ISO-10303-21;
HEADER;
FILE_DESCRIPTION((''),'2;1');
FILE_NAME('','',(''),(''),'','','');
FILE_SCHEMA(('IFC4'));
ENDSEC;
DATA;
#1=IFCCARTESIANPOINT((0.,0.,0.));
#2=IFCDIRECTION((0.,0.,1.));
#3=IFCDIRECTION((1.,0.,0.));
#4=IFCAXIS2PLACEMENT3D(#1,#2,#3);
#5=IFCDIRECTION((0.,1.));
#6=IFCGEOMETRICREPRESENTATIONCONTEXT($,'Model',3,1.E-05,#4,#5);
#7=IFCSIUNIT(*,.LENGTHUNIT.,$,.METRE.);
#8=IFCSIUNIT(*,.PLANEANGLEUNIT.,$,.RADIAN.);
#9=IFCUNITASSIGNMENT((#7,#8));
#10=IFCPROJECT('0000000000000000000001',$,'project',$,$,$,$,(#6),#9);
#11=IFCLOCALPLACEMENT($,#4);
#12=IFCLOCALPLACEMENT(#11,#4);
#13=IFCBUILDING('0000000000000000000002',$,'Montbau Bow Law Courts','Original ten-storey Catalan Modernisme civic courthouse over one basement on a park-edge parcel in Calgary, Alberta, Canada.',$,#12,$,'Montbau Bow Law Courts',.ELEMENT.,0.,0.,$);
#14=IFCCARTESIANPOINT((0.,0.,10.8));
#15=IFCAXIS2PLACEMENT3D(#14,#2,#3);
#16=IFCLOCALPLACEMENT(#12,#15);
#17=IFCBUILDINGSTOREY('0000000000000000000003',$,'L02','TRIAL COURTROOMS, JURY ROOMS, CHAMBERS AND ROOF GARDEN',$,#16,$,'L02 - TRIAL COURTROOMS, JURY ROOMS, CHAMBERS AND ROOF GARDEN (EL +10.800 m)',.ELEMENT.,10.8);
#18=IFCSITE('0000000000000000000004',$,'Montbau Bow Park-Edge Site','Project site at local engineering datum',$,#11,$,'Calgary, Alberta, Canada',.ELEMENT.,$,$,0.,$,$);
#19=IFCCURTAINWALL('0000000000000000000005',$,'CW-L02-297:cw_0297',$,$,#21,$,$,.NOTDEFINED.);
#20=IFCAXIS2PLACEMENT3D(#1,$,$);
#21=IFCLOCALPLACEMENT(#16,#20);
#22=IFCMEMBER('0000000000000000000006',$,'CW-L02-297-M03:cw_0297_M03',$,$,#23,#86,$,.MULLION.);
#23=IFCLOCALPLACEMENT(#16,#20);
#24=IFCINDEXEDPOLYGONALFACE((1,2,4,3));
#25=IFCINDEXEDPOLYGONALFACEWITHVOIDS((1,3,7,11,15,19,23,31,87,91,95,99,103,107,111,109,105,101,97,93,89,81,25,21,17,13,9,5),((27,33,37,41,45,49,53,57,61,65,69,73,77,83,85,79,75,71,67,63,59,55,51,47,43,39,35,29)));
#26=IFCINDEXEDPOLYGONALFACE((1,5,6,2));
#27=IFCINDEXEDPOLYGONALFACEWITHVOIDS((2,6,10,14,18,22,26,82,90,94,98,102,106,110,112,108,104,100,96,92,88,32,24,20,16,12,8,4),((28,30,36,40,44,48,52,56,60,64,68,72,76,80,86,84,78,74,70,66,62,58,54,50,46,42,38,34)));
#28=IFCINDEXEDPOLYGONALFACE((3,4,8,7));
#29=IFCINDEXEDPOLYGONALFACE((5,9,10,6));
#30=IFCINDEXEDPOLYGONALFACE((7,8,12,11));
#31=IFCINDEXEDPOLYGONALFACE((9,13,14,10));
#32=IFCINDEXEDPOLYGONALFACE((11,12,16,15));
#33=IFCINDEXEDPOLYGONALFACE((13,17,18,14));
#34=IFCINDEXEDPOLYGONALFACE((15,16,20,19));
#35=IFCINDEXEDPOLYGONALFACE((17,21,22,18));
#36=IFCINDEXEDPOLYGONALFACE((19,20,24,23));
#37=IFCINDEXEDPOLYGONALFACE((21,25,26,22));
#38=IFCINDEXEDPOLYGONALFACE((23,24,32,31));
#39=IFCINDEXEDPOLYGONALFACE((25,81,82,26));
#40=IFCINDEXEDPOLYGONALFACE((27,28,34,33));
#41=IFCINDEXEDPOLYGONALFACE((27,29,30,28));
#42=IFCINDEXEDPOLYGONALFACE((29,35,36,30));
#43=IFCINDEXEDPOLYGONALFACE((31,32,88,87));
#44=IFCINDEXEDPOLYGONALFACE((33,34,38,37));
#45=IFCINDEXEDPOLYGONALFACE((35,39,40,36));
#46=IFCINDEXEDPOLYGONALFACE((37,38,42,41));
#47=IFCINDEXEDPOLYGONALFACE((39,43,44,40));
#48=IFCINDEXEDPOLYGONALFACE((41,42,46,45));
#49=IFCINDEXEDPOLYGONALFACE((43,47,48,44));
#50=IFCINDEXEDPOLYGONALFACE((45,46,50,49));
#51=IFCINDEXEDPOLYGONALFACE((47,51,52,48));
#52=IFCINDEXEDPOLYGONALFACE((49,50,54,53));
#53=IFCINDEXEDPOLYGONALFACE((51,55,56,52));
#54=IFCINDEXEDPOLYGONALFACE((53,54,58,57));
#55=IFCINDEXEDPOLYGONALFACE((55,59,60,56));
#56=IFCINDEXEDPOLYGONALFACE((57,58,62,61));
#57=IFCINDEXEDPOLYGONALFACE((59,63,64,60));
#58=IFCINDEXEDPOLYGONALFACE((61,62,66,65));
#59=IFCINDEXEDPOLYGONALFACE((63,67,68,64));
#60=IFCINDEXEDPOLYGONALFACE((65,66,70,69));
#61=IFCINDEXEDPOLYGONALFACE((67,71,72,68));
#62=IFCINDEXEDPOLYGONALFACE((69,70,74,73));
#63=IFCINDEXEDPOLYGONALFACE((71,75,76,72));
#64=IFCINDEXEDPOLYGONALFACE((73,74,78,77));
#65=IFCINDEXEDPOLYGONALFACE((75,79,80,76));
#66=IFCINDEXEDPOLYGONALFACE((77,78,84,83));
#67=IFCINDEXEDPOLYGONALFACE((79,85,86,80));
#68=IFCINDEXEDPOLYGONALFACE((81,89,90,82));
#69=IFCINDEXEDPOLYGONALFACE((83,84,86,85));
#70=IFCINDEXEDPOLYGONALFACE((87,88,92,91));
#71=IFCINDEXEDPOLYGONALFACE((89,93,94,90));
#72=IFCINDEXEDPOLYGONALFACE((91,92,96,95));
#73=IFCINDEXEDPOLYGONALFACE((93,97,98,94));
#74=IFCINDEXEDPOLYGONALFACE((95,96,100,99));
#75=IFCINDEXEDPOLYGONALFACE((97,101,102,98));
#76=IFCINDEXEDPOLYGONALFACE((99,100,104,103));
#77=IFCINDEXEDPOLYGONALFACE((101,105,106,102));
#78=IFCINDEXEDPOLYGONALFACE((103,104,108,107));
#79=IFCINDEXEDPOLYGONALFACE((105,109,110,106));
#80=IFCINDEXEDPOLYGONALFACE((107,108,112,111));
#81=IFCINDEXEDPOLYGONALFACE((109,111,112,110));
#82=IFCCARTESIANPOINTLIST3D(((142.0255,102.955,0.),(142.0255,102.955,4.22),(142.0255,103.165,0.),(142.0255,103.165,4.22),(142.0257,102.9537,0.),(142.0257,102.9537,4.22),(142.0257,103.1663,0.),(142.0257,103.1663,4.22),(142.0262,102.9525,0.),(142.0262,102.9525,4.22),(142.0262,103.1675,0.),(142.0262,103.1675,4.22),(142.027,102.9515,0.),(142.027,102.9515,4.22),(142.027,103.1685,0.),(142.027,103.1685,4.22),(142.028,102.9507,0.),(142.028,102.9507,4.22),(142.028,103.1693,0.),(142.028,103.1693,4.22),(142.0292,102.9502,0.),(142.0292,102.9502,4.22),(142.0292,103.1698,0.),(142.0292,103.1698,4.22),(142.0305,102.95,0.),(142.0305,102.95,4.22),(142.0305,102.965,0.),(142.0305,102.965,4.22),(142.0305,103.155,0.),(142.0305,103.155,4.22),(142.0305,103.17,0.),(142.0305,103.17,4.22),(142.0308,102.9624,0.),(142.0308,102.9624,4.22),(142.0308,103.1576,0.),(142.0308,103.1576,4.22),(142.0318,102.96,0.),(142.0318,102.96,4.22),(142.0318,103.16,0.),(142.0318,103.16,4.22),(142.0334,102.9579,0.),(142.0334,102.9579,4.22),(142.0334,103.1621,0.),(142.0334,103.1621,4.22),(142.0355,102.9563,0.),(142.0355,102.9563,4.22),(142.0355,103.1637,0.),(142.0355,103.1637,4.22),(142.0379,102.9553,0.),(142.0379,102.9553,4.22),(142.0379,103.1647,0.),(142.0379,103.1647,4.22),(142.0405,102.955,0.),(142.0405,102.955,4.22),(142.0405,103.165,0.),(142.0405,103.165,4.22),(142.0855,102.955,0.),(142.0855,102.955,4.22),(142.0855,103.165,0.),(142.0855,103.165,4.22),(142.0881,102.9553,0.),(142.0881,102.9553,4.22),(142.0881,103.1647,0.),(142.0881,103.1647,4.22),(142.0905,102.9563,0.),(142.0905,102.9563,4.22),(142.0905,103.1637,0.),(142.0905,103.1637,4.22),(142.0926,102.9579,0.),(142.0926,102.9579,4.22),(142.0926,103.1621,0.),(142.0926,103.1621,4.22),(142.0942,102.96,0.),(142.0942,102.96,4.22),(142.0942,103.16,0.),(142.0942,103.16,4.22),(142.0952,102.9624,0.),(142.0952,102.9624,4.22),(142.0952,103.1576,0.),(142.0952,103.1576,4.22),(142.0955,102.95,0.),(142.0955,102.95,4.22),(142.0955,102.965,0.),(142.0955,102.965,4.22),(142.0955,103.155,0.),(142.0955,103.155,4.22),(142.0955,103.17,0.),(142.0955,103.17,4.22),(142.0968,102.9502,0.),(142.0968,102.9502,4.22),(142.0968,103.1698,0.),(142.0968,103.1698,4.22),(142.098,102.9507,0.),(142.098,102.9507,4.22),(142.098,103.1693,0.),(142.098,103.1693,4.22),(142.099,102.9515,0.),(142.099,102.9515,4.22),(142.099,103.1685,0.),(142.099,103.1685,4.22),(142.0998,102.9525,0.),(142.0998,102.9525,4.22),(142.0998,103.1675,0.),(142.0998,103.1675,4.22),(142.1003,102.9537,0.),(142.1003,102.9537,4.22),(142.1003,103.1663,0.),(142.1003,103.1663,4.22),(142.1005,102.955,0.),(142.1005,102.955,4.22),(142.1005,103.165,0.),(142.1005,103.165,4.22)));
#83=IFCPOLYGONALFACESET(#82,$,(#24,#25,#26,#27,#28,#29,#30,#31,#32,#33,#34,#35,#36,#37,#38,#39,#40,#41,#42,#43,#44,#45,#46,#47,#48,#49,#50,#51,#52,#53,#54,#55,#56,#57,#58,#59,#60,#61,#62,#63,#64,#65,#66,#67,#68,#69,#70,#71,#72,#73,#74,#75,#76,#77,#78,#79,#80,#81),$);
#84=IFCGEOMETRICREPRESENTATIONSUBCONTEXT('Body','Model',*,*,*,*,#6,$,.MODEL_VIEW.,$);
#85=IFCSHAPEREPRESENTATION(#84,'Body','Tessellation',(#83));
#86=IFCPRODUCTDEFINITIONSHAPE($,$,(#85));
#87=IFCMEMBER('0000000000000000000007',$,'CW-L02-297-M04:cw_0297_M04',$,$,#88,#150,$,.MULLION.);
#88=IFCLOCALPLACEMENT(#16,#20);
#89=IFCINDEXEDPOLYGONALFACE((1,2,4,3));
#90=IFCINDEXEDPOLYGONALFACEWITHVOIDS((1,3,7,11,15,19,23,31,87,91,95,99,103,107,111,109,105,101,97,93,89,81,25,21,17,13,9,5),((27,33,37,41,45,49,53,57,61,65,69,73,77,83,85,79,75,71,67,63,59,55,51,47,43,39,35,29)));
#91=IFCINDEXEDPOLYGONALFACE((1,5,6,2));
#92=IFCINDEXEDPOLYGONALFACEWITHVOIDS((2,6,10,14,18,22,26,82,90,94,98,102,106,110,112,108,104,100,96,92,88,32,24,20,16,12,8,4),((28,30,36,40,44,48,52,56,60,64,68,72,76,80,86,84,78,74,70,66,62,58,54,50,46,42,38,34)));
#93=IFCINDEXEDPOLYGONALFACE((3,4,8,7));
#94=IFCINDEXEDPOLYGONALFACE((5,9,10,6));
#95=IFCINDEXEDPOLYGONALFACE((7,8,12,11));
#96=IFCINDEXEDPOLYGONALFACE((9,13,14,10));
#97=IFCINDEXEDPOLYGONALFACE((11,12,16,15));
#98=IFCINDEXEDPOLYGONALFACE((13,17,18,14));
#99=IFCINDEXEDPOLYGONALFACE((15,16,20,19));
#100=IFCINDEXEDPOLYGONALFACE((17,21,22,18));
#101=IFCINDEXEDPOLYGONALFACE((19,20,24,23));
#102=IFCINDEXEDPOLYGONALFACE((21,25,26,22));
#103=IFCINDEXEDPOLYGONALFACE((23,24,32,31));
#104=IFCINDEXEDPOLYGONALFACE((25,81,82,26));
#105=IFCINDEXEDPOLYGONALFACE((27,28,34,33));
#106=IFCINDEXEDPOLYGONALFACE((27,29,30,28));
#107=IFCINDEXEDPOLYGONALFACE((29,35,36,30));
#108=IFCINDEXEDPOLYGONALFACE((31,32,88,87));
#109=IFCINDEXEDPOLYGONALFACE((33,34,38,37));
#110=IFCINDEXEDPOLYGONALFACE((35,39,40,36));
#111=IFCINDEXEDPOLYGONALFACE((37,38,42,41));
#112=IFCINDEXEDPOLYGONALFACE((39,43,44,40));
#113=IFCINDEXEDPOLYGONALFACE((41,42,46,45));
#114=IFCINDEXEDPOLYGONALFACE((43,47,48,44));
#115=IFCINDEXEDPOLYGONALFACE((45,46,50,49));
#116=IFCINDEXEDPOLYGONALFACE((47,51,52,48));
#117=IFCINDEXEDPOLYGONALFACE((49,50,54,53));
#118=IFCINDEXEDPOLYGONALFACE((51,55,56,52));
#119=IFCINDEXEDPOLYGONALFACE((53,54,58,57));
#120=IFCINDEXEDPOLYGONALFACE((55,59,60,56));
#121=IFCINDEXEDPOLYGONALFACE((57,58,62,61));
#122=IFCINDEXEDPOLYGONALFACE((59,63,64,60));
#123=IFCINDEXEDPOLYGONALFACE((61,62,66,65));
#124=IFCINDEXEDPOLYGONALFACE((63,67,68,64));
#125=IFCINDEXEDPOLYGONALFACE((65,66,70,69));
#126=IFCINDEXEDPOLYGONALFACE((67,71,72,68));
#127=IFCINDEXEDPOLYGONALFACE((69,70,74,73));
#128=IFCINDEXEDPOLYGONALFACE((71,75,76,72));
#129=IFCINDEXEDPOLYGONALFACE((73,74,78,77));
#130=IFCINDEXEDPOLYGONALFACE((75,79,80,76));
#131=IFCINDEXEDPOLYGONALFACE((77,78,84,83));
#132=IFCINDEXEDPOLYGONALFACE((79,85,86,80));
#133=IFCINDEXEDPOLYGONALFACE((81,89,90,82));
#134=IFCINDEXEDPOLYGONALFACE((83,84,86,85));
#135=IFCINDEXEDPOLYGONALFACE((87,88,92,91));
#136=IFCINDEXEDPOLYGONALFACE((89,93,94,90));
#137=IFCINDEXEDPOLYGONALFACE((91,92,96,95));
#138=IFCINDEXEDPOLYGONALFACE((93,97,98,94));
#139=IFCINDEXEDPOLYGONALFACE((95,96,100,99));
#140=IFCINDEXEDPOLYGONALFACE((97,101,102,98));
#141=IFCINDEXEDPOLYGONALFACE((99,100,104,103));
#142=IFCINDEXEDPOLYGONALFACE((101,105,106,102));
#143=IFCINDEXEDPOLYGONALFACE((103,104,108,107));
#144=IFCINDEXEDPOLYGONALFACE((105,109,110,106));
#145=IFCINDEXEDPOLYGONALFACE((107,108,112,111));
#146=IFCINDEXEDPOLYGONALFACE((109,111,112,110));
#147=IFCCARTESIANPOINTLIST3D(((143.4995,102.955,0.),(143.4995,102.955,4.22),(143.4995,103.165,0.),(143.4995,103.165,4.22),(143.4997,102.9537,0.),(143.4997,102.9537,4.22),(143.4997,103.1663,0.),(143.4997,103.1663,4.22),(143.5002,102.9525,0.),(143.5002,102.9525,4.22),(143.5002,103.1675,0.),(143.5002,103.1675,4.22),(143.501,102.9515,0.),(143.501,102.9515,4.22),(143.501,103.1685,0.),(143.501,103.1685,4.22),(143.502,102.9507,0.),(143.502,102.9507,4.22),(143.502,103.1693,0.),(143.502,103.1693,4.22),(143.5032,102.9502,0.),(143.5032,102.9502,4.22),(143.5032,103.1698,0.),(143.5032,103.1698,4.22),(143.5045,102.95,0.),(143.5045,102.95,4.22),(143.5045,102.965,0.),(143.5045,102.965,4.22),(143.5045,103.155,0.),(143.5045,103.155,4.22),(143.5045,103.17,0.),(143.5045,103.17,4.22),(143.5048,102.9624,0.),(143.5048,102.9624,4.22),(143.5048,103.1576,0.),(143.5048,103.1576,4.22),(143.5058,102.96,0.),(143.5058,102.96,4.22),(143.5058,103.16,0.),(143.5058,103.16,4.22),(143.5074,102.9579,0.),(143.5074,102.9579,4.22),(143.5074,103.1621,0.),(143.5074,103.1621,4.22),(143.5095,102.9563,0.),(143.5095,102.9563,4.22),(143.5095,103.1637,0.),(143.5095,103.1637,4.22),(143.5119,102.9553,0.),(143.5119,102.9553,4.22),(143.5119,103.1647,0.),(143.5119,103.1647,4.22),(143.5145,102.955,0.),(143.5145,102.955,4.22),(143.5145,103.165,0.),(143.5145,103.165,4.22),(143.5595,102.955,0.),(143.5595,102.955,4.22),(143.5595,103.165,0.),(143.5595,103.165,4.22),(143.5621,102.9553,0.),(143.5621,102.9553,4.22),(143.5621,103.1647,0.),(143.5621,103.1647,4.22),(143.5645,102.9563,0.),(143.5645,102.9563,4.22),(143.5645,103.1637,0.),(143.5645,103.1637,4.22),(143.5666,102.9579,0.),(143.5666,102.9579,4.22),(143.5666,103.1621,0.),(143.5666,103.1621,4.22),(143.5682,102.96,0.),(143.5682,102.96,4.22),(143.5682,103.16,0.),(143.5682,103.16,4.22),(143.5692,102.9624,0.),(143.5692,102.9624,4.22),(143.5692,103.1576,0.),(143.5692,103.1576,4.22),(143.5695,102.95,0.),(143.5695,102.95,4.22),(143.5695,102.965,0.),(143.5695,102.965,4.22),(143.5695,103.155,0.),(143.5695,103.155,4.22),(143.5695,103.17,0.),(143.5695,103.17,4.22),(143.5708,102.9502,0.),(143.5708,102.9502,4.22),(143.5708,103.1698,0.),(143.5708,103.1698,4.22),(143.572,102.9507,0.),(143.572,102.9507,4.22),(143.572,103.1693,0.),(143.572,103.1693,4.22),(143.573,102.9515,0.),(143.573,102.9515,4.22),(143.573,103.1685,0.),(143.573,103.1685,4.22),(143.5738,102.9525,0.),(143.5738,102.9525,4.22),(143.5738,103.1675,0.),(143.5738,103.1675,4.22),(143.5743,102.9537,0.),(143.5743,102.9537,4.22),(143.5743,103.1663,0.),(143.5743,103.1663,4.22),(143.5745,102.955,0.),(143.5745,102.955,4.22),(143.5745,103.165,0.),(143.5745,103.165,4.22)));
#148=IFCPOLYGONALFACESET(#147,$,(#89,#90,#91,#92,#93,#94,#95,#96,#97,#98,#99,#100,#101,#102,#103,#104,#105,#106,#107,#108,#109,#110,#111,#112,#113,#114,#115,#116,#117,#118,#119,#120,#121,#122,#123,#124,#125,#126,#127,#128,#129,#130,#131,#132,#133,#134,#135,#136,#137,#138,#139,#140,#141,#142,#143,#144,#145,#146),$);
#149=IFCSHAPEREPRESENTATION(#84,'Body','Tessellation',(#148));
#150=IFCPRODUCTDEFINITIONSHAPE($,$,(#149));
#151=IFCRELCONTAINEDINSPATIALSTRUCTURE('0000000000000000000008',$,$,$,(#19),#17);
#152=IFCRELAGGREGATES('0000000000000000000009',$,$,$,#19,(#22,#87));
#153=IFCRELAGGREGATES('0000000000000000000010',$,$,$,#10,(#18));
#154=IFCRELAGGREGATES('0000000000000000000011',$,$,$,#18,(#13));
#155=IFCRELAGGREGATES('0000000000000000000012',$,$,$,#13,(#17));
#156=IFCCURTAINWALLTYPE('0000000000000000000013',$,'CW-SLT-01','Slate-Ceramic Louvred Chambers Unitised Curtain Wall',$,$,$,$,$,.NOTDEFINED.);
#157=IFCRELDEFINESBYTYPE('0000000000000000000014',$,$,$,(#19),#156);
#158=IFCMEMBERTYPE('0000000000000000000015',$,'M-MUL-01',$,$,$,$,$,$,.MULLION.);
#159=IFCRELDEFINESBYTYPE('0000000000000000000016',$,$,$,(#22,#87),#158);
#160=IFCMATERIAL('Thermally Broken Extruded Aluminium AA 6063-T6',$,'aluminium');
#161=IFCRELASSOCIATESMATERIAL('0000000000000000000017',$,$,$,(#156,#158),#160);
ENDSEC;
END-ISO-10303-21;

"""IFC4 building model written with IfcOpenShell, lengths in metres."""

from ifc_helpers import new_model, si_unit, direction, frame, origin_with_axes, origin_2d_with_axis, place, context, subcontext, project, spatial, hollow_rectangle, extrude, material, material_profile, profile_set, type_object, element, aggregate, save


model = new_model("IFC4")

# Units and contexts
model_context = context("Model", 3, precision=1e-05, world=origin_with_axes(), true_north=direction((0.0, 1.0)))
body_context = subcontext(model_context, "Body", "Model", "MODEL_VIEW")
ifc_project = project(units=[si_unit("LENGTHUNIT", "METRE"), si_unit("PLANEANGLEUNIT", "RADIAN")], contexts=[model_context])

# Site, building, storey
site_placement = place(None, origin_with_axes())
site = spatial("IfcSite", under=ifc_project, at=site_placement, Name="Montbau Bow Park-Edge Site", Description="Project site at local engineering datum", LongName="Calgary, Alberta, Canada", CompositionType="ELEMENT", RefElevation=0.0)
building_placement = place(site_placement, origin_with_axes())
building = spatial("IfcBuilding", under=site, at=building_placement, Name="Montbau Bow Law Courts", Description="Original ten-storey Catalan Modernisme civic courthouse over one basement on a park-edge parcel in Calgary, Alberta, Canada.", LongName="Montbau Bow Law Courts", CompositionType="ELEMENT", ElevationOfRefHeight=0.0, ElevationOfTerrain=0.0)
storey_placement = place(building_placement, frame((0.0, 0.0, 10.8), z_axis=(0.0, 0.0, 1.0), x_axis=(1.0, 0.0, 0.0)))
storey = spatial("IfcBuildingStorey", under=building, at=storey_placement, Name="L02", Description="TRIAL COURTROOMS, JURY ROOMS, CHAMBERS AND ROOF GARDEN", LongName="L02 - TRIAL COURTROOMS, JURY ROOMS, CHAMBERS AND ROOF GARDEN (EL +10.800 m)", CompositionType="ELEMENT", Elevation=10.8)

# Curtain wall, members
ifc_material_1 = material(Name="Thermally Broken Extruded Aluminium AA 6063-T6", Category="aluminium")
curtain_wall_type = type_object("IfcCurtainWallType", Name="CW-SLT-01", Description="Slate-Ceramic Louvred Chambers Unitised Curtain Wall", PredefinedType="NOTDEFINED", material=ifc_material_1)
curtain_wall_placement = place(None, frame((139.115, 103.06, 10.8), z_axis=(0.0, 0.0, 1.0), x_axis=(1.0, 0.0, 0.0)))
curtain_wall = element("IfcCurtainWall", 1, at=curtain_wall_placement, inside=storey, type_object=curtain_wall_type, Name="CW-L02-297:cw_0297", PredefinedType="NOTDEFINED")
ifc_material_profile_1 = material_profile(ifc_material_1, hollow_rectangle(XDim=0.075, YDim=0.22, WallThickness=0.005, InnerFilletRadius=0.01, OuterFilletRadius=0.005, at=origin_2d_with_axis()), Name="CWM-220X75", Category="Main", Priority=0)
ifc_profile_set_1 = profile_set([ifc_material_profile_1], Name="Thermally Broken Extruded Aluminium AA 6063-T6")
member_type_1 = type_object("IfcMemberType", Name="M-MUL-01", PredefinedType="MULLION", material=ifc_profile_set_1)
member_1_placement = place(None, frame((142.063, 103.06, 10.8), z_axis=(0.0, 0.0, 1.0), x_axis=(1.0, 0.0, 0.0)))
member_1 = element("IfcMember", 2, at=member_1_placement, type_object=member_type_1, Name="CW-L02-297-M03:cw_0297_M03", PredefinedType="MULLION", context=body_context, shape_type="SweptSolid", body=[
    extrude(hollow_rectangle(XDim=0.075, YDim=0.22, WallThickness=0.005, InnerFilletRadius=0.01, OuterFilletRadius=0.005, at=origin_2d_with_axis()), origin_with_axes(), (0.0, 0.0, 1.0), 4.22),
])
member_2_placement = place(None, frame((143.537, 103.06, 10.8), z_axis=(0.0, 0.0, 1.0), x_axis=(1.0, 0.0, 0.0)))
member_2 = element("IfcMember", 3, at=member_2_placement, type_object=member_type_1, Name="CW-L02-297-M04:cw_0297_M04", PredefinedType="MULLION", context=body_context, shape_type="SweptSolid", body=[
    extrude(hollow_rectangle(XDim=0.075, YDim=0.22, WallThickness=0.005, InnerFilletRadius=0.01, OuterFilletRadius=0.005, at=origin_2d_with_axis()), origin_with_axes(), (0.0, 0.0, 1.0), 4.22),
])
aggregate(curtain_wall, [member_1, member_2])

save(model, "model.ifc")
